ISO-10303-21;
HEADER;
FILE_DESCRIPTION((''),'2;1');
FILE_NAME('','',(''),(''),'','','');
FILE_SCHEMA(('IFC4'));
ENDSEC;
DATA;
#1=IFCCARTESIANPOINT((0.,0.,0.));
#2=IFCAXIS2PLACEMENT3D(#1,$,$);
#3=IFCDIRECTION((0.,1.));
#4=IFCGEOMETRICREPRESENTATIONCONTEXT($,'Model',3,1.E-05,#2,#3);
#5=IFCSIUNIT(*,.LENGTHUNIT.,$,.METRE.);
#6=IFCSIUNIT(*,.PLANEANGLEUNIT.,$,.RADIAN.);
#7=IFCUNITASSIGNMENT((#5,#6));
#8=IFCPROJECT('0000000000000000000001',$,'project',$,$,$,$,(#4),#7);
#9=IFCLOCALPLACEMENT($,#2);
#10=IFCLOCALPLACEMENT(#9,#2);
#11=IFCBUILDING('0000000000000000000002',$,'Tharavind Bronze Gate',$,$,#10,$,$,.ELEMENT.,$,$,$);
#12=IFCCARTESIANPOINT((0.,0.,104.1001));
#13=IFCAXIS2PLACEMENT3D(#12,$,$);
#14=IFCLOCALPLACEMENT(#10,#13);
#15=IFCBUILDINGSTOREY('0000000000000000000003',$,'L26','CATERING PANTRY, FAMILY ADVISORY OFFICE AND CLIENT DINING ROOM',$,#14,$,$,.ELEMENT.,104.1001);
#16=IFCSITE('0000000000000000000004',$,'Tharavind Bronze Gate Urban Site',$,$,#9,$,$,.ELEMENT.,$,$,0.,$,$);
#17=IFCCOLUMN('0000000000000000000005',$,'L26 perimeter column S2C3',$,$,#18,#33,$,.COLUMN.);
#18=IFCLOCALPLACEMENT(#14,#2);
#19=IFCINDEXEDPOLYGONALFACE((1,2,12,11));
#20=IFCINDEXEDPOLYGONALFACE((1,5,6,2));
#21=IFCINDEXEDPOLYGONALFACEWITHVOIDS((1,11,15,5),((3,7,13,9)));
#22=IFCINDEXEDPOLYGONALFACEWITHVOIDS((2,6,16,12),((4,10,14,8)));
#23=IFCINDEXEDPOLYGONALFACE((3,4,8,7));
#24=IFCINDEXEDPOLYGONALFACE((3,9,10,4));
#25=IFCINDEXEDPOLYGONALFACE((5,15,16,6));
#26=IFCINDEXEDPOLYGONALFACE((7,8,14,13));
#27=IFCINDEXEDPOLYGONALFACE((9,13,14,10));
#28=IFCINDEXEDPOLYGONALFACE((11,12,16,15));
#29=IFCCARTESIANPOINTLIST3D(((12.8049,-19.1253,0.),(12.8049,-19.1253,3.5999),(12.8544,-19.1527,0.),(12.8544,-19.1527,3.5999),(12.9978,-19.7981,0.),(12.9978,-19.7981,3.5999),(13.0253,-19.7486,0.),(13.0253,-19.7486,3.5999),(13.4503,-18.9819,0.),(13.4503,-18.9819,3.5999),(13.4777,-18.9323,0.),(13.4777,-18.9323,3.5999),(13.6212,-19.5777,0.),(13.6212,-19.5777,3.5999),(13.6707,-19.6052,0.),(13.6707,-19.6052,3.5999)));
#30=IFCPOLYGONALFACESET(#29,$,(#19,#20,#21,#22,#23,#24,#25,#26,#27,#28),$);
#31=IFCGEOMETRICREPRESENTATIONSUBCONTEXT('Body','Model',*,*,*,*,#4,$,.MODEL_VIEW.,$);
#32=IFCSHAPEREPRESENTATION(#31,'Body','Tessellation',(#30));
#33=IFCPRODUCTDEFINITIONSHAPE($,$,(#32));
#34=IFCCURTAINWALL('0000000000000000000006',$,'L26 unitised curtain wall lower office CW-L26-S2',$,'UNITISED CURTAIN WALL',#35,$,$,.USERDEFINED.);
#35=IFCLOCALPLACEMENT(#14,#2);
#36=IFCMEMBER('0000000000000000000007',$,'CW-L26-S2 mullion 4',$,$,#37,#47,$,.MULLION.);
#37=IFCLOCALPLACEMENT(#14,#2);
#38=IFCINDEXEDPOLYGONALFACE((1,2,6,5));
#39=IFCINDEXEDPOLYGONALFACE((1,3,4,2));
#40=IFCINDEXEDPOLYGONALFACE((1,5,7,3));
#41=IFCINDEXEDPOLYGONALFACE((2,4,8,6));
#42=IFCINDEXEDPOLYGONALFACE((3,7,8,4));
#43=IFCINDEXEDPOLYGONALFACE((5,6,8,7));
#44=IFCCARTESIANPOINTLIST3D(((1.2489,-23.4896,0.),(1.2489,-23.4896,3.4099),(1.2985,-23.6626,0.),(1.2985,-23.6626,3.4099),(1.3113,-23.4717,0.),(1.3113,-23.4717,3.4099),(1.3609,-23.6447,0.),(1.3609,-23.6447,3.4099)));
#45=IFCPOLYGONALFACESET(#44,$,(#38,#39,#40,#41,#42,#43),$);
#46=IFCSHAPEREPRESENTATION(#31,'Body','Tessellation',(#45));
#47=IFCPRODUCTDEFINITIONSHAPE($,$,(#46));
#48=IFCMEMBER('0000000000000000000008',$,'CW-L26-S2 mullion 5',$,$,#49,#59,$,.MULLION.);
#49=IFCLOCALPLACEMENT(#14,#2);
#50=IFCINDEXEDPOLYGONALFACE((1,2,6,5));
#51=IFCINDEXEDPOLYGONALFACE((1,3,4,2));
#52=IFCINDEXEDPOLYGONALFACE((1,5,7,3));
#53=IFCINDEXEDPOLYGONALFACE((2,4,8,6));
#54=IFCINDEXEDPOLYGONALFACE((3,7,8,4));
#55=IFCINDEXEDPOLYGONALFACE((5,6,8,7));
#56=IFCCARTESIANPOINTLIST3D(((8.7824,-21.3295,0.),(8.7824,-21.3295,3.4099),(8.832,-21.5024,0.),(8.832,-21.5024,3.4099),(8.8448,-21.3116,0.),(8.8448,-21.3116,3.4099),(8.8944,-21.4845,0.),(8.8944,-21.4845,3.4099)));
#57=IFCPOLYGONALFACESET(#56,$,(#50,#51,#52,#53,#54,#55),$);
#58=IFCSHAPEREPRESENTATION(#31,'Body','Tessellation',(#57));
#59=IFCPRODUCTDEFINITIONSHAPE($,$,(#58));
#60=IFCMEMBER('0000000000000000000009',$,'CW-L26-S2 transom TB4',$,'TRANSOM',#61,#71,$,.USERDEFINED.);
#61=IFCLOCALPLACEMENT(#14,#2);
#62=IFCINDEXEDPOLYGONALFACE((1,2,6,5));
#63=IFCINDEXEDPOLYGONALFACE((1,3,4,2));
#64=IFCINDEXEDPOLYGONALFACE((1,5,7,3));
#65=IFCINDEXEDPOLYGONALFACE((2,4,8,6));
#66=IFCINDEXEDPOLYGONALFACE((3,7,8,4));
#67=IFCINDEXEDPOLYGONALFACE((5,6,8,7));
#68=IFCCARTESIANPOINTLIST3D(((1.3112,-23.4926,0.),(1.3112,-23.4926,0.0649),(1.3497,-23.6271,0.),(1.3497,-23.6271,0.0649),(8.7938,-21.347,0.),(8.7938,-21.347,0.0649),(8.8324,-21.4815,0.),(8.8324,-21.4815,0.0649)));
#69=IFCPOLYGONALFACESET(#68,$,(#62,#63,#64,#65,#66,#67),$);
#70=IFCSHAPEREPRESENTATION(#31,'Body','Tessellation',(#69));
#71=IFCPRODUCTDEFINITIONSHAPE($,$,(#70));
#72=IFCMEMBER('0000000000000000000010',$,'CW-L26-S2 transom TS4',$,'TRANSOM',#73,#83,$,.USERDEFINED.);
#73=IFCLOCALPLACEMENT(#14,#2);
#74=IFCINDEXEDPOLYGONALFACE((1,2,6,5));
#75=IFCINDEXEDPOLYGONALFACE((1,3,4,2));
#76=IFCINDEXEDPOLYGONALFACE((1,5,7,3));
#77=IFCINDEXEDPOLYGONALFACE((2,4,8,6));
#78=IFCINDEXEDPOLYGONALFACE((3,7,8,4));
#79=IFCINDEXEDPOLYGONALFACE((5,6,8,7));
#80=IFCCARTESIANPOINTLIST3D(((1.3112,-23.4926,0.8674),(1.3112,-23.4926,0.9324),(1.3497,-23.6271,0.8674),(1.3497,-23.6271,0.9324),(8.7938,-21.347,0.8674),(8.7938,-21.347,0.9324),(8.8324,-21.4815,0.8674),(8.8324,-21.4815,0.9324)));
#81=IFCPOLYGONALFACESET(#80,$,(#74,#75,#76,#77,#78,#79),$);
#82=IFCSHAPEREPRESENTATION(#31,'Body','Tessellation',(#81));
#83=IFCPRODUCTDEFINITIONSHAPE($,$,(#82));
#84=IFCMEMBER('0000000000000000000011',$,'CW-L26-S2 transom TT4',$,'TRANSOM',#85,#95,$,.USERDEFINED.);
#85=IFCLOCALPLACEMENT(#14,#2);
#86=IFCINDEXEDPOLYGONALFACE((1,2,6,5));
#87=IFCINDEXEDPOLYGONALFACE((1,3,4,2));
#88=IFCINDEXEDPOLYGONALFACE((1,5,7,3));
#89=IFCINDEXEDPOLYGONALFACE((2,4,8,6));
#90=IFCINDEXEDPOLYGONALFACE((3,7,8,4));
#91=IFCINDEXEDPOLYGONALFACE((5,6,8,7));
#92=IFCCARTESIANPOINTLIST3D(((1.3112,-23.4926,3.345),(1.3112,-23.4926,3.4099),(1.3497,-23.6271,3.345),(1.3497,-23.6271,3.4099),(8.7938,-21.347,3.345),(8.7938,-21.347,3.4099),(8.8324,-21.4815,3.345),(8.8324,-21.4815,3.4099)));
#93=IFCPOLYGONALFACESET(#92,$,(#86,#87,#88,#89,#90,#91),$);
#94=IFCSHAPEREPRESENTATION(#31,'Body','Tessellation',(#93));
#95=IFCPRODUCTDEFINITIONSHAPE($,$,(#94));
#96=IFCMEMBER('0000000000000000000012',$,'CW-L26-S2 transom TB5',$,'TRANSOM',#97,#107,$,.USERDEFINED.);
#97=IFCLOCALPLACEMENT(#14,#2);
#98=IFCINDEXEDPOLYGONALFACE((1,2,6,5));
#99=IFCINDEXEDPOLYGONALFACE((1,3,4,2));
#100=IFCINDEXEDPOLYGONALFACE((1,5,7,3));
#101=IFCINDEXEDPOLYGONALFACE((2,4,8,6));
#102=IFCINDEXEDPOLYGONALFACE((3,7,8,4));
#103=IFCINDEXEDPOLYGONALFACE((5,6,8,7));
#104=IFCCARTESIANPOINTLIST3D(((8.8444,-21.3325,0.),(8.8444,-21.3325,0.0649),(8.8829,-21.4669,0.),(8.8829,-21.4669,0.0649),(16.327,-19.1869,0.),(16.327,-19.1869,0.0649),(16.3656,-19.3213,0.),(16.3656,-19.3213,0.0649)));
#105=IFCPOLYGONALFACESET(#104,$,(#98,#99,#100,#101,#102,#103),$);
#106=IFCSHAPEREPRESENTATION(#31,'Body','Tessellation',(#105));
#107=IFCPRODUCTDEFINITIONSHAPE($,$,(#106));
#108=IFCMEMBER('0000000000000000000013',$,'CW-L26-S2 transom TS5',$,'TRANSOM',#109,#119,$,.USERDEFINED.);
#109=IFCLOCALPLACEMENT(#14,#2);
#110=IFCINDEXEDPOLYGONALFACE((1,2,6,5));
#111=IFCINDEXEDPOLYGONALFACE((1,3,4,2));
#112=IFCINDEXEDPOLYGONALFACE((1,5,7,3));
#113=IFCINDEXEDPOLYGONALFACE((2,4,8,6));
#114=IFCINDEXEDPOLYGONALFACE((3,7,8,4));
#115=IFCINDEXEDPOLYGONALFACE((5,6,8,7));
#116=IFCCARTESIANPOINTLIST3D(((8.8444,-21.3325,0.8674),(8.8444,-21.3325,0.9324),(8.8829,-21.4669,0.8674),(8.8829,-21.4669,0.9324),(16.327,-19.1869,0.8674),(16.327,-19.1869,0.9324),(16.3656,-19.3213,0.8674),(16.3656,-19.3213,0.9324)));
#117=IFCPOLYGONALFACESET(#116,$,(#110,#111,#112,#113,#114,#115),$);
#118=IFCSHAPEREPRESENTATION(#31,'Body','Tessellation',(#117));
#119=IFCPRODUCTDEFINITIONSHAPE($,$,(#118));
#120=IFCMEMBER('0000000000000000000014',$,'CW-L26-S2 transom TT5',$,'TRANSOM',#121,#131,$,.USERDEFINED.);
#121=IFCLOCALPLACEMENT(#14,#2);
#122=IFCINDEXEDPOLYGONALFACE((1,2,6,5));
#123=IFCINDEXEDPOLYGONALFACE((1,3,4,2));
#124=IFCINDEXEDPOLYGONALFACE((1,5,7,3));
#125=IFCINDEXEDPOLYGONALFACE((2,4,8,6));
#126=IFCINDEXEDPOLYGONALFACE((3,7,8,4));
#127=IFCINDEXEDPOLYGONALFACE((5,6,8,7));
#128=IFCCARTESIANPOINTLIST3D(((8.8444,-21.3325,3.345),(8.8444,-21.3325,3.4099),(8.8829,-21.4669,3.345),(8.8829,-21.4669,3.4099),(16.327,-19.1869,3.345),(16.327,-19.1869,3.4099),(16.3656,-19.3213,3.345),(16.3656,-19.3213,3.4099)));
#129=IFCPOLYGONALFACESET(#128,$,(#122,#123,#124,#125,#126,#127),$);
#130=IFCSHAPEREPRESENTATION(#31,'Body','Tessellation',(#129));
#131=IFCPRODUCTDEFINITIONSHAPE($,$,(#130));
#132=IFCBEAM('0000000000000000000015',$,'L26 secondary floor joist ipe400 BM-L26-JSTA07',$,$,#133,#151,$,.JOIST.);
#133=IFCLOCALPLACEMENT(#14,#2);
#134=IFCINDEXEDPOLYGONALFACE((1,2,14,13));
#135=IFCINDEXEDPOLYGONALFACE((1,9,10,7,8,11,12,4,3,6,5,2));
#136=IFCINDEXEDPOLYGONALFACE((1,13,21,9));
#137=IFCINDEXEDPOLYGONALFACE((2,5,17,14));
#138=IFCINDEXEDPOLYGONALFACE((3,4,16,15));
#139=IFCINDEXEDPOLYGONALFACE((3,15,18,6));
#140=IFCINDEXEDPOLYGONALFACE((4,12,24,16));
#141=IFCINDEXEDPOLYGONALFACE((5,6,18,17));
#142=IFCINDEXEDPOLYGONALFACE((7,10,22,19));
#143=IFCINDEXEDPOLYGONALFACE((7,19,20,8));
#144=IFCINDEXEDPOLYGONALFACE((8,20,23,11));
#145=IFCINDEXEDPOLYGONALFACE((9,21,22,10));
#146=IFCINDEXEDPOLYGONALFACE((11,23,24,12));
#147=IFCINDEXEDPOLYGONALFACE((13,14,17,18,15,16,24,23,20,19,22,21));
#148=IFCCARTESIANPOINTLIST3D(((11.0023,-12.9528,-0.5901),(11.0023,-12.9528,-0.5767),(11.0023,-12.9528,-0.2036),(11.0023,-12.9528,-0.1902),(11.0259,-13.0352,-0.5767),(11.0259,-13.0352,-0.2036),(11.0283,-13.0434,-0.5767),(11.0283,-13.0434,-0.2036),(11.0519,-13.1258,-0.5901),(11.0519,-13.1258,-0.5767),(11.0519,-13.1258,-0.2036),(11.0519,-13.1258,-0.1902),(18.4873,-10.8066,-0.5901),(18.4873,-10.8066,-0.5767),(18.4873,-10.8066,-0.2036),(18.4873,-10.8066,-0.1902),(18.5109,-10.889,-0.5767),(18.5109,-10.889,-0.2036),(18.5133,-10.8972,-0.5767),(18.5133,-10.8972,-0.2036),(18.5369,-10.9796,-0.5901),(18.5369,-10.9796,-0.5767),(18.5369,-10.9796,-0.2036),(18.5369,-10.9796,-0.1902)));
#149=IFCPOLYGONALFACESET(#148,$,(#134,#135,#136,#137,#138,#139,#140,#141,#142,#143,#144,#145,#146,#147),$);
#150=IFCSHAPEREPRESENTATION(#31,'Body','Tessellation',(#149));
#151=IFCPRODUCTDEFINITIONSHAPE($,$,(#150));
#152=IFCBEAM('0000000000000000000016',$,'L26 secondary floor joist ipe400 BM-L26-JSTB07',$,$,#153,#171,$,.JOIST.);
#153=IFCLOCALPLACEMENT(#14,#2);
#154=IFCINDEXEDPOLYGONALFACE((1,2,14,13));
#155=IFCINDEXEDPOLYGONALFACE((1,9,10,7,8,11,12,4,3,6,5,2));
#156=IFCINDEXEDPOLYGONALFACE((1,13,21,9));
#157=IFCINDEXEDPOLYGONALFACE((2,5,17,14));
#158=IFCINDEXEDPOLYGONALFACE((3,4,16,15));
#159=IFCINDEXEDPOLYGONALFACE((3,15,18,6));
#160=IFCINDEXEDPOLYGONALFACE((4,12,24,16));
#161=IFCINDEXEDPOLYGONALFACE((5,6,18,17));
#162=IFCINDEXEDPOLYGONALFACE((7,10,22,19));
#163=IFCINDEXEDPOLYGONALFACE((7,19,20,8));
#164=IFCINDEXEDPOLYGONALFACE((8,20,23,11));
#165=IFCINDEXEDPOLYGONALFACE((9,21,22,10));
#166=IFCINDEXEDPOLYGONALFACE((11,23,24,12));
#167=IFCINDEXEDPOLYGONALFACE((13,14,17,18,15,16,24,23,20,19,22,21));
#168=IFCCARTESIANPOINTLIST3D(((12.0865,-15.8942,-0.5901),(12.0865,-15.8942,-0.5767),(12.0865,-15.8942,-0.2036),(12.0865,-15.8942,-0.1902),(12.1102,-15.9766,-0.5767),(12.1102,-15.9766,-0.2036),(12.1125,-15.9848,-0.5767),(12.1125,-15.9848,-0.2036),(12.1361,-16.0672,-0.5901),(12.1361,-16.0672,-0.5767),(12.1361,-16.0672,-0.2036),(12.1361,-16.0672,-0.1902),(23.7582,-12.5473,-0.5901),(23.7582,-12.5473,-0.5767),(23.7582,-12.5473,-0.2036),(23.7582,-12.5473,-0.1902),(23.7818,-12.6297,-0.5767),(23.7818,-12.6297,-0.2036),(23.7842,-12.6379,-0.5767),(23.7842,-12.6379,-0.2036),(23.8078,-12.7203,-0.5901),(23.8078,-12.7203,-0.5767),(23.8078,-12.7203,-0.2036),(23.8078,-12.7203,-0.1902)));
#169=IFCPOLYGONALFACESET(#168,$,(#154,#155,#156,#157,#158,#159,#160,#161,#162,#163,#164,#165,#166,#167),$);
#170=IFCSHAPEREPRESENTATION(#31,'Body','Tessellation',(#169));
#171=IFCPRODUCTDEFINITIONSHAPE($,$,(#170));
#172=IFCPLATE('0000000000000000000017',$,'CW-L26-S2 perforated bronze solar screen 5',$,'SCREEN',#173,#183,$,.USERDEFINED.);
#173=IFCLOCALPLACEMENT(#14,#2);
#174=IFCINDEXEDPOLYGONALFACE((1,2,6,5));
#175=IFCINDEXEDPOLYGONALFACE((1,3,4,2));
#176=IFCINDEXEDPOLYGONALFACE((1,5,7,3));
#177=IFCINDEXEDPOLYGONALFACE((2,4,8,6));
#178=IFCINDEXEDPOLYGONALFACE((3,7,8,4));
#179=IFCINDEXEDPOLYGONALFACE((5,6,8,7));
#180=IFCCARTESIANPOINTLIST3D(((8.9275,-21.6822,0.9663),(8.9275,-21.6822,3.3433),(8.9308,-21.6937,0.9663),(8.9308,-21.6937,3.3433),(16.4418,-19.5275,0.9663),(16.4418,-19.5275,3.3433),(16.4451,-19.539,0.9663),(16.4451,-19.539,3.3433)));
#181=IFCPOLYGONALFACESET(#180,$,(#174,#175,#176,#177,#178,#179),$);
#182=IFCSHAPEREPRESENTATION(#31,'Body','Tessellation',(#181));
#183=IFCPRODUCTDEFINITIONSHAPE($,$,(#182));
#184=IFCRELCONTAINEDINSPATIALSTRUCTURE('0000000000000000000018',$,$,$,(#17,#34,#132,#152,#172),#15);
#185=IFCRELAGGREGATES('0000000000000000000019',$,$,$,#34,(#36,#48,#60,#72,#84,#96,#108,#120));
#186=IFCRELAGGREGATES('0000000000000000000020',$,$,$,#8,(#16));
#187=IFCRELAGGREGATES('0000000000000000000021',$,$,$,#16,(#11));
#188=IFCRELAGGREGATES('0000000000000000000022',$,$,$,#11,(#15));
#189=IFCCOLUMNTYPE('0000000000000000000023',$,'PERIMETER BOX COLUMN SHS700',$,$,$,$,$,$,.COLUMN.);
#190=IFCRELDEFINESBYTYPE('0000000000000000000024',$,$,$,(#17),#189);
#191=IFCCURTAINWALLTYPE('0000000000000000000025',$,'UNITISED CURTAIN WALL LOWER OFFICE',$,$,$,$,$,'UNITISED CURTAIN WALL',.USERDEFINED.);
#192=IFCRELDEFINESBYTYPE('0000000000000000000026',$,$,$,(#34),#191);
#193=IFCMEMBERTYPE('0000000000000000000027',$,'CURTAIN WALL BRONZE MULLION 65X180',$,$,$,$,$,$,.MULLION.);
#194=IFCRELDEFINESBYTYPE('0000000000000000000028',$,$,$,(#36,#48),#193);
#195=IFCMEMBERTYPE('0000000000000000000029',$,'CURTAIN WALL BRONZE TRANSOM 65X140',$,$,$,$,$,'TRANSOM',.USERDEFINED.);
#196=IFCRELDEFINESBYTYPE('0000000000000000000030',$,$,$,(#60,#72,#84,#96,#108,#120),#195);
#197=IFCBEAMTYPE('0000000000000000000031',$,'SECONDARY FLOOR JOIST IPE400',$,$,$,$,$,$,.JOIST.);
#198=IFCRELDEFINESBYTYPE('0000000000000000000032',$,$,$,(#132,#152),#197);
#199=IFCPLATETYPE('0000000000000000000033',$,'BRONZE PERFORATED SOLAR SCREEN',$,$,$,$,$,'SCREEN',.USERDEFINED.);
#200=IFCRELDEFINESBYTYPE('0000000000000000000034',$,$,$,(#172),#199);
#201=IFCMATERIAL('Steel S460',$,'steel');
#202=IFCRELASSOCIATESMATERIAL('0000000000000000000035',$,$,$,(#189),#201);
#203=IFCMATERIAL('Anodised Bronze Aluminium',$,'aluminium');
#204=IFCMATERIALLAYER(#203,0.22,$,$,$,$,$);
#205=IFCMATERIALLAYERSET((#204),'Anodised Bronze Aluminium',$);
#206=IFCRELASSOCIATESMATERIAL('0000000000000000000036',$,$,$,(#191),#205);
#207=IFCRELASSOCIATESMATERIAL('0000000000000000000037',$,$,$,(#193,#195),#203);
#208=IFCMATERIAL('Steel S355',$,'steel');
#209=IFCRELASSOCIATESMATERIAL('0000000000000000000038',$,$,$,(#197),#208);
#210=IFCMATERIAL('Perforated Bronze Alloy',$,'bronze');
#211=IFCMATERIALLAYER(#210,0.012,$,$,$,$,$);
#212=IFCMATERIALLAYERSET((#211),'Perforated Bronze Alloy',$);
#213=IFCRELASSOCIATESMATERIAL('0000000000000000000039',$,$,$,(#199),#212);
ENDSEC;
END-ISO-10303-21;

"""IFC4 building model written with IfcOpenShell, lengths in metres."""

from ifc_helpers import new_model, si_unit, direction, frame, origin, origin_2d, place, context, subcontext, project, spatial, rectangle, hollow_rectangle, i_section, extrude, material, layer, layer_set, material_profile, profile_set, type_object, element, aggregate, save


model = new_model("IFC4")

# Units and contexts
model_context = context("Model", 3, precision=1e-05, world=origin(), true_north=direction((0.0, 1.0)))
body_context = subcontext(model_context, "Body", "Model", "MODEL_VIEW")
ifc_project = project(units=[si_unit("LENGTHUNIT", "METRE"), si_unit("PLANEANGLEUNIT", "RADIAN")], contexts=[model_context])

# Site, building, storey
site_placement = place(None, origin())
site = spatial("IfcSite", under=ifc_project, at=site_placement, Name="Tharavind Bronze Gate Urban Site", CompositionType="ELEMENT", RefElevation=0.0)
building_placement = place(site_placement, origin())
building = spatial("IfcBuilding", under=site, at=building_placement, Name="Tharavind Bronze Gate", CompositionType="ELEMENT")
storey_placement = place(building_placement, frame((0.0, 0.0, 104.1001)))
storey = spatial("IfcBuildingStorey", under=building, at=storey_placement, Name="L26", Description="CATERING PANTRY, FAMILY ADVISORY OFFICE AND CLIENT DINING ROOM", CompositionType="ELEMENT", Elevation=104.1001)

# Column
ifc_material_1 = material(Name="Steel S460", Category="steel")
ifc_material_profile_1 = material_profile(ifc_material_1, hollow_rectangle(XDim=0.7, YDim=0.7, WallThickness=0.04, at=origin_2d()), Name="SHS700X40")
ifc_profile_set_1 = profile_set([ifc_material_profile_1], Name="Steel S460")
column_type = type_object("IfcColumnType", Name="PERIMETER BOX COLUMN SHS700", PredefinedType="COLUMN", material=ifc_profile_set_1)
column_placement = place(storey_placement, frame((13.2378, -19.3652, 0.0), z_axis=(0.0, 0.0, 1.0), x_axis=(0.961262, 0.275637, 0.0)))
element("IfcColumn", 1, at=column_placement, inside=storey, type_object=column_type, Name="L26 perimeter column S2C3", PredefinedType="COLUMN", context=body_context, shape_type="SweptSolid", body=[
    extrude(hollow_rectangle(XDim=0.7, YDim=0.7, WallThickness=0.04, at=origin_2d()), origin(), (0.0, 0.0, 1.0), 3.5999),
])

# Curtain wall, members
ifc_material_2 = material(Name="Anodised Bronze Aluminium", Category="aluminium")
ifc_layer_1 = layer(ifc_material_2, 0.22)
ifc_layer_set_1 = layer_set([ifc_layer_1], Name="Anodised Bronze Aluminium")
curtain_wall_type = type_object("IfcCurtainWallType", Name="UNITISED CURTAIN WALL LOWER OFFICE", ElementType="UNITISED CURTAIN WALL", PredefinedType="USERDEFINED", material=ifc_layer_set_1)
curtain_wall_placement = place(storey_placement, origin())
curtain_wall = element("IfcCurtainWall", 2, at=curtain_wall_placement, inside=storey, type_object=curtain_wall_type, Name="L26 unitised curtain wall lower office CW-L26-S2", ObjectType="UNITISED CURTAIN WALL", PredefinedType="USERDEFINED")
member_type_1 = type_object("IfcMemberType", Name="CURTAIN WALL BRONZE MULLION 65X180", PredefinedType="MULLION", material=ifc_material_2)
member_1_placement = place(storey_placement, frame((1.3049, -23.5671, 0.0), z_axis=(0.0, 0.0, 1.0), x_axis=(0.961262, 0.275637, 0.0)))
member_1 = element("IfcMember", 3, at=member_1_placement, type_object=member_type_1, Name="CW-L26-S2 mullion 4", PredefinedType="MULLION", context=body_context, shape_type="SweptSolid", body=[
    extrude(rectangle(XDim=0.0649, YDim=0.1799, at=origin_2d()), origin(), (0.0, 0.0, 1.0), 3.4099),
])
member_2_placement = place(storey_placement, frame((8.8384, -21.407, 0.0), z_axis=(0.0, 0.0, 1.0), x_axis=(0.961262, 0.275637, 0.0)))
member_2 = element("IfcMember", 4, at=member_2_placement, type_object=member_type_1, Name="CW-L26-S2 mullion 5", PredefinedType="MULLION", context=body_context, shape_type="SweptSolid", body=[
    extrude(rectangle(XDim=0.0649, YDim=0.1799, at=origin_2d()), origin(), (0.0, 0.0, 1.0), 3.4099),
])
member_type_2 = type_object("IfcMemberType", Name="CURTAIN WALL BRONZE TRANSOM 65X140", ElementType="TRANSOM", PredefinedType="USERDEFINED", material=ifc_material_2)
member_3_placement = place(storey_placement, frame((5.0718, -22.4871, 0.0), z_axis=(0.0, 0.0, 1.0), x_axis=(0.961262, 0.275637, 0.0)))
member_3 = element("IfcMember", 5, at=member_3_placement, type_object=member_type_2, Name="CW-L26-S2 transom TB4", ObjectType="TRANSOM", PredefinedType="USERDEFINED", context=body_context, shape_type="SweptSolid", body=[
    extrude(rectangle(XDim=7.7842, YDim=0.1399, at=origin_2d()), origin(), (0.0, 0.0, 1.0), 0.0649),
])
member_4_placement = place(storey_placement, frame((5.0718, -22.4871, 0.8674), z_axis=(0.0, 0.0, 1.0), x_axis=(0.961262, 0.275637, 0.0)))
member_4 = element("IfcMember", 6, at=member_4_placement, type_object=member_type_2, Name="CW-L26-S2 transom TS4", ObjectType="TRANSOM", PredefinedType="USERDEFINED", context=body_context, shape_type="SweptSolid", body=[
    extrude(rectangle(XDim=7.7842, YDim=0.1399, at=origin_2d()), origin(), (0.0, 0.0, 1.0), 0.0649),
])
member_5_placement = place(storey_placement, frame((5.0718, -22.4871, 3.345), z_axis=(0.0, 0.0, 1.0), x_axis=(0.961262, 0.275637, 0.0)))
member_5 = element("IfcMember", 7, at=member_5_placement, type_object=member_type_2, Name="CW-L26-S2 transom TT4", ObjectType="TRANSOM", PredefinedType="USERDEFINED", context=body_context, shape_type="SweptSolid", body=[
    extrude(rectangle(XDim=7.7842, YDim=0.1399, at=origin_2d()), origin(), (0.0, 0.0, 1.0), 0.0649),
])
member_6_placement = place(storey_placement, frame((12.605, -20.3269, 0.0), z_axis=(0.0, 0.0, 1.0), x_axis=(0.961262, 0.275637, 0.0)))
member_6 = element("IfcMember", 8, at=member_6_placement, type_object=member_type_2, Name="CW-L26-S2 transom TB5", ObjectType="TRANSOM", PredefinedType="USERDEFINED", context=body_context, shape_type="SweptSolid", body=[
    extrude(rectangle(XDim=7.7842, YDim=0.1399, at=origin_2d()), origin(), (0.0, 0.0, 1.0), 0.0649),
])
member_7_placement = place(storey_placement, frame((12.605, -20.3269, 0.8674), z_axis=(0.0, 0.0, 1.0), x_axis=(0.961262, 0.275637, 0.0)))
member_7 = element("IfcMember", 9, at=member_7_placement, type_object=member_type_2, Name="CW-L26-S2 transom TS5", ObjectType="TRANSOM", PredefinedType="USERDEFINED", context=body_context, shape_type="SweptSolid", body=[
    extrude(rectangle(XDim=7.7842, YDim=0.1399, at=origin_2d()), origin(), (0.0, 0.0, 1.0), 0.0649),
])
member_8_placement = place(storey_placement, frame((12.605, -20.3269, 3.345), z_axis=(0.0, 0.0, 1.0), x_axis=(0.961262, 0.275637, 0.0)))
member_8 = element("IfcMember", 10, at=member_8_placement, type_object=member_type_2, Name="CW-L26-S2 transom TT5", ObjectType="TRANSOM", PredefinedType="USERDEFINED", context=body_context, shape_type="SweptSolid", body=[
    extrude(rectangle(XDim=7.7842, YDim=0.1399, at=origin_2d()), origin(), (0.0, 0.0, 1.0), 0.0649),
])

# Beams
ifc_material_3 = material(Name="Steel S355", Category="steel")
ifc_material_profile_2 = material_profile(ifc_material_3, i_section(OverallWidth=0.1799, OverallDepth=0.3999, WebThickness=0.0085, FlangeThickness=0.0134, at=origin_2d()), Name="IPE400")
ifc_profile_set_2 = profile_set([ifc_material_profile_2], Name="Steel S355")
beam_type = type_object("IfcBeamType", Name="SECONDARY FLOOR JOIST IPE400", PredefinedType="JOIST", material=ifc_profile_set_2)
beam_1_placement = place(storey_placement, frame((11.0271, -13.0393, -0.3901), z_axis=(0.961264, 0.275628, 0.0), x_axis=(-0.275628, 0.961264, 0.0)))
element("IfcBeam", 11, at=beam_1_placement, inside=storey, type_object=beam_type, Name="L26 secondary floor joist ipe400 BM-L26-JSTA07", PredefinedType="JOIST", context=body_context, shape_type="SweptSolid", body=[
    extrude(i_section(OverallWidth=0.1799, OverallDepth=0.3999, WebThickness=0.0085, FlangeThickness=0.0134, at=origin_2d()), origin(), (0.0, 0.0, 1.0), 7.7866),
])
beam_2_placement = place(storey_placement, frame((12.1113, -15.9807, -0.3901), z_axis=(0.961259, 0.275648, 0.0), x_axis=(-0.275648, 0.961259, 0.0)))
element("IfcBeam", 12, at=beam_2_placement, inside=storey, type_object=beam_type, Name="L26 secondary floor joist ipe400 BM-L26-JSTB07", PredefinedType="JOIST", context=body_context, shape_type="SweptSolid", body=[
    extrude(i_section(OverallWidth=0.1799, OverallDepth=0.3999, WebThickness=0.0085, FlangeThickness=0.0134, at=origin_2d()), origin(), (0.0, 0.0, 1.0), 12.1421),
])

# Plate
ifc_material_4 = material(Name="Perforated Bronze Alloy", Category="bronze")
ifc_layer_2 = layer(ifc_material_4, 0.012)
ifc_layer_set_2 = layer_set([ifc_layer_2], Name="Perforated Bronze Alloy")
plate_type_1 = type_object("IfcPlateType", Name="BRONZE PERFORATED SOLAR SCREEN", ElementType="SCREEN", PredefinedType="USERDEFINED", material=ifc_layer_set_2)
plate_1_placement = place(storey_placement, frame((12.6863, -20.6106, 0.9663), z_axis=(0.0, 0.0, 1.0), x_axis=(0.961262, 0.275637, 0.0)))
element("IfcPlate", 13, at=plate_1_placement, inside=storey, type_object=plate_type_1, Name="CW-L26-S2 perforated bronze solar screen 5", ObjectType="SCREEN", PredefinedType="USERDEFINED", context=body_context, shape_type="SweptSolid", body=[
    extrude(rectangle(XDim=7.8171, YDim=0.012, at=origin_2d()), origin(), (0.0, 0.0, 1.0), 2.377),
])
aggregate(curtain_wall, [member_1, member_2, member_3, member_4, member_5, member_6, member_7, member_8])

save(model, "model.ifc")
